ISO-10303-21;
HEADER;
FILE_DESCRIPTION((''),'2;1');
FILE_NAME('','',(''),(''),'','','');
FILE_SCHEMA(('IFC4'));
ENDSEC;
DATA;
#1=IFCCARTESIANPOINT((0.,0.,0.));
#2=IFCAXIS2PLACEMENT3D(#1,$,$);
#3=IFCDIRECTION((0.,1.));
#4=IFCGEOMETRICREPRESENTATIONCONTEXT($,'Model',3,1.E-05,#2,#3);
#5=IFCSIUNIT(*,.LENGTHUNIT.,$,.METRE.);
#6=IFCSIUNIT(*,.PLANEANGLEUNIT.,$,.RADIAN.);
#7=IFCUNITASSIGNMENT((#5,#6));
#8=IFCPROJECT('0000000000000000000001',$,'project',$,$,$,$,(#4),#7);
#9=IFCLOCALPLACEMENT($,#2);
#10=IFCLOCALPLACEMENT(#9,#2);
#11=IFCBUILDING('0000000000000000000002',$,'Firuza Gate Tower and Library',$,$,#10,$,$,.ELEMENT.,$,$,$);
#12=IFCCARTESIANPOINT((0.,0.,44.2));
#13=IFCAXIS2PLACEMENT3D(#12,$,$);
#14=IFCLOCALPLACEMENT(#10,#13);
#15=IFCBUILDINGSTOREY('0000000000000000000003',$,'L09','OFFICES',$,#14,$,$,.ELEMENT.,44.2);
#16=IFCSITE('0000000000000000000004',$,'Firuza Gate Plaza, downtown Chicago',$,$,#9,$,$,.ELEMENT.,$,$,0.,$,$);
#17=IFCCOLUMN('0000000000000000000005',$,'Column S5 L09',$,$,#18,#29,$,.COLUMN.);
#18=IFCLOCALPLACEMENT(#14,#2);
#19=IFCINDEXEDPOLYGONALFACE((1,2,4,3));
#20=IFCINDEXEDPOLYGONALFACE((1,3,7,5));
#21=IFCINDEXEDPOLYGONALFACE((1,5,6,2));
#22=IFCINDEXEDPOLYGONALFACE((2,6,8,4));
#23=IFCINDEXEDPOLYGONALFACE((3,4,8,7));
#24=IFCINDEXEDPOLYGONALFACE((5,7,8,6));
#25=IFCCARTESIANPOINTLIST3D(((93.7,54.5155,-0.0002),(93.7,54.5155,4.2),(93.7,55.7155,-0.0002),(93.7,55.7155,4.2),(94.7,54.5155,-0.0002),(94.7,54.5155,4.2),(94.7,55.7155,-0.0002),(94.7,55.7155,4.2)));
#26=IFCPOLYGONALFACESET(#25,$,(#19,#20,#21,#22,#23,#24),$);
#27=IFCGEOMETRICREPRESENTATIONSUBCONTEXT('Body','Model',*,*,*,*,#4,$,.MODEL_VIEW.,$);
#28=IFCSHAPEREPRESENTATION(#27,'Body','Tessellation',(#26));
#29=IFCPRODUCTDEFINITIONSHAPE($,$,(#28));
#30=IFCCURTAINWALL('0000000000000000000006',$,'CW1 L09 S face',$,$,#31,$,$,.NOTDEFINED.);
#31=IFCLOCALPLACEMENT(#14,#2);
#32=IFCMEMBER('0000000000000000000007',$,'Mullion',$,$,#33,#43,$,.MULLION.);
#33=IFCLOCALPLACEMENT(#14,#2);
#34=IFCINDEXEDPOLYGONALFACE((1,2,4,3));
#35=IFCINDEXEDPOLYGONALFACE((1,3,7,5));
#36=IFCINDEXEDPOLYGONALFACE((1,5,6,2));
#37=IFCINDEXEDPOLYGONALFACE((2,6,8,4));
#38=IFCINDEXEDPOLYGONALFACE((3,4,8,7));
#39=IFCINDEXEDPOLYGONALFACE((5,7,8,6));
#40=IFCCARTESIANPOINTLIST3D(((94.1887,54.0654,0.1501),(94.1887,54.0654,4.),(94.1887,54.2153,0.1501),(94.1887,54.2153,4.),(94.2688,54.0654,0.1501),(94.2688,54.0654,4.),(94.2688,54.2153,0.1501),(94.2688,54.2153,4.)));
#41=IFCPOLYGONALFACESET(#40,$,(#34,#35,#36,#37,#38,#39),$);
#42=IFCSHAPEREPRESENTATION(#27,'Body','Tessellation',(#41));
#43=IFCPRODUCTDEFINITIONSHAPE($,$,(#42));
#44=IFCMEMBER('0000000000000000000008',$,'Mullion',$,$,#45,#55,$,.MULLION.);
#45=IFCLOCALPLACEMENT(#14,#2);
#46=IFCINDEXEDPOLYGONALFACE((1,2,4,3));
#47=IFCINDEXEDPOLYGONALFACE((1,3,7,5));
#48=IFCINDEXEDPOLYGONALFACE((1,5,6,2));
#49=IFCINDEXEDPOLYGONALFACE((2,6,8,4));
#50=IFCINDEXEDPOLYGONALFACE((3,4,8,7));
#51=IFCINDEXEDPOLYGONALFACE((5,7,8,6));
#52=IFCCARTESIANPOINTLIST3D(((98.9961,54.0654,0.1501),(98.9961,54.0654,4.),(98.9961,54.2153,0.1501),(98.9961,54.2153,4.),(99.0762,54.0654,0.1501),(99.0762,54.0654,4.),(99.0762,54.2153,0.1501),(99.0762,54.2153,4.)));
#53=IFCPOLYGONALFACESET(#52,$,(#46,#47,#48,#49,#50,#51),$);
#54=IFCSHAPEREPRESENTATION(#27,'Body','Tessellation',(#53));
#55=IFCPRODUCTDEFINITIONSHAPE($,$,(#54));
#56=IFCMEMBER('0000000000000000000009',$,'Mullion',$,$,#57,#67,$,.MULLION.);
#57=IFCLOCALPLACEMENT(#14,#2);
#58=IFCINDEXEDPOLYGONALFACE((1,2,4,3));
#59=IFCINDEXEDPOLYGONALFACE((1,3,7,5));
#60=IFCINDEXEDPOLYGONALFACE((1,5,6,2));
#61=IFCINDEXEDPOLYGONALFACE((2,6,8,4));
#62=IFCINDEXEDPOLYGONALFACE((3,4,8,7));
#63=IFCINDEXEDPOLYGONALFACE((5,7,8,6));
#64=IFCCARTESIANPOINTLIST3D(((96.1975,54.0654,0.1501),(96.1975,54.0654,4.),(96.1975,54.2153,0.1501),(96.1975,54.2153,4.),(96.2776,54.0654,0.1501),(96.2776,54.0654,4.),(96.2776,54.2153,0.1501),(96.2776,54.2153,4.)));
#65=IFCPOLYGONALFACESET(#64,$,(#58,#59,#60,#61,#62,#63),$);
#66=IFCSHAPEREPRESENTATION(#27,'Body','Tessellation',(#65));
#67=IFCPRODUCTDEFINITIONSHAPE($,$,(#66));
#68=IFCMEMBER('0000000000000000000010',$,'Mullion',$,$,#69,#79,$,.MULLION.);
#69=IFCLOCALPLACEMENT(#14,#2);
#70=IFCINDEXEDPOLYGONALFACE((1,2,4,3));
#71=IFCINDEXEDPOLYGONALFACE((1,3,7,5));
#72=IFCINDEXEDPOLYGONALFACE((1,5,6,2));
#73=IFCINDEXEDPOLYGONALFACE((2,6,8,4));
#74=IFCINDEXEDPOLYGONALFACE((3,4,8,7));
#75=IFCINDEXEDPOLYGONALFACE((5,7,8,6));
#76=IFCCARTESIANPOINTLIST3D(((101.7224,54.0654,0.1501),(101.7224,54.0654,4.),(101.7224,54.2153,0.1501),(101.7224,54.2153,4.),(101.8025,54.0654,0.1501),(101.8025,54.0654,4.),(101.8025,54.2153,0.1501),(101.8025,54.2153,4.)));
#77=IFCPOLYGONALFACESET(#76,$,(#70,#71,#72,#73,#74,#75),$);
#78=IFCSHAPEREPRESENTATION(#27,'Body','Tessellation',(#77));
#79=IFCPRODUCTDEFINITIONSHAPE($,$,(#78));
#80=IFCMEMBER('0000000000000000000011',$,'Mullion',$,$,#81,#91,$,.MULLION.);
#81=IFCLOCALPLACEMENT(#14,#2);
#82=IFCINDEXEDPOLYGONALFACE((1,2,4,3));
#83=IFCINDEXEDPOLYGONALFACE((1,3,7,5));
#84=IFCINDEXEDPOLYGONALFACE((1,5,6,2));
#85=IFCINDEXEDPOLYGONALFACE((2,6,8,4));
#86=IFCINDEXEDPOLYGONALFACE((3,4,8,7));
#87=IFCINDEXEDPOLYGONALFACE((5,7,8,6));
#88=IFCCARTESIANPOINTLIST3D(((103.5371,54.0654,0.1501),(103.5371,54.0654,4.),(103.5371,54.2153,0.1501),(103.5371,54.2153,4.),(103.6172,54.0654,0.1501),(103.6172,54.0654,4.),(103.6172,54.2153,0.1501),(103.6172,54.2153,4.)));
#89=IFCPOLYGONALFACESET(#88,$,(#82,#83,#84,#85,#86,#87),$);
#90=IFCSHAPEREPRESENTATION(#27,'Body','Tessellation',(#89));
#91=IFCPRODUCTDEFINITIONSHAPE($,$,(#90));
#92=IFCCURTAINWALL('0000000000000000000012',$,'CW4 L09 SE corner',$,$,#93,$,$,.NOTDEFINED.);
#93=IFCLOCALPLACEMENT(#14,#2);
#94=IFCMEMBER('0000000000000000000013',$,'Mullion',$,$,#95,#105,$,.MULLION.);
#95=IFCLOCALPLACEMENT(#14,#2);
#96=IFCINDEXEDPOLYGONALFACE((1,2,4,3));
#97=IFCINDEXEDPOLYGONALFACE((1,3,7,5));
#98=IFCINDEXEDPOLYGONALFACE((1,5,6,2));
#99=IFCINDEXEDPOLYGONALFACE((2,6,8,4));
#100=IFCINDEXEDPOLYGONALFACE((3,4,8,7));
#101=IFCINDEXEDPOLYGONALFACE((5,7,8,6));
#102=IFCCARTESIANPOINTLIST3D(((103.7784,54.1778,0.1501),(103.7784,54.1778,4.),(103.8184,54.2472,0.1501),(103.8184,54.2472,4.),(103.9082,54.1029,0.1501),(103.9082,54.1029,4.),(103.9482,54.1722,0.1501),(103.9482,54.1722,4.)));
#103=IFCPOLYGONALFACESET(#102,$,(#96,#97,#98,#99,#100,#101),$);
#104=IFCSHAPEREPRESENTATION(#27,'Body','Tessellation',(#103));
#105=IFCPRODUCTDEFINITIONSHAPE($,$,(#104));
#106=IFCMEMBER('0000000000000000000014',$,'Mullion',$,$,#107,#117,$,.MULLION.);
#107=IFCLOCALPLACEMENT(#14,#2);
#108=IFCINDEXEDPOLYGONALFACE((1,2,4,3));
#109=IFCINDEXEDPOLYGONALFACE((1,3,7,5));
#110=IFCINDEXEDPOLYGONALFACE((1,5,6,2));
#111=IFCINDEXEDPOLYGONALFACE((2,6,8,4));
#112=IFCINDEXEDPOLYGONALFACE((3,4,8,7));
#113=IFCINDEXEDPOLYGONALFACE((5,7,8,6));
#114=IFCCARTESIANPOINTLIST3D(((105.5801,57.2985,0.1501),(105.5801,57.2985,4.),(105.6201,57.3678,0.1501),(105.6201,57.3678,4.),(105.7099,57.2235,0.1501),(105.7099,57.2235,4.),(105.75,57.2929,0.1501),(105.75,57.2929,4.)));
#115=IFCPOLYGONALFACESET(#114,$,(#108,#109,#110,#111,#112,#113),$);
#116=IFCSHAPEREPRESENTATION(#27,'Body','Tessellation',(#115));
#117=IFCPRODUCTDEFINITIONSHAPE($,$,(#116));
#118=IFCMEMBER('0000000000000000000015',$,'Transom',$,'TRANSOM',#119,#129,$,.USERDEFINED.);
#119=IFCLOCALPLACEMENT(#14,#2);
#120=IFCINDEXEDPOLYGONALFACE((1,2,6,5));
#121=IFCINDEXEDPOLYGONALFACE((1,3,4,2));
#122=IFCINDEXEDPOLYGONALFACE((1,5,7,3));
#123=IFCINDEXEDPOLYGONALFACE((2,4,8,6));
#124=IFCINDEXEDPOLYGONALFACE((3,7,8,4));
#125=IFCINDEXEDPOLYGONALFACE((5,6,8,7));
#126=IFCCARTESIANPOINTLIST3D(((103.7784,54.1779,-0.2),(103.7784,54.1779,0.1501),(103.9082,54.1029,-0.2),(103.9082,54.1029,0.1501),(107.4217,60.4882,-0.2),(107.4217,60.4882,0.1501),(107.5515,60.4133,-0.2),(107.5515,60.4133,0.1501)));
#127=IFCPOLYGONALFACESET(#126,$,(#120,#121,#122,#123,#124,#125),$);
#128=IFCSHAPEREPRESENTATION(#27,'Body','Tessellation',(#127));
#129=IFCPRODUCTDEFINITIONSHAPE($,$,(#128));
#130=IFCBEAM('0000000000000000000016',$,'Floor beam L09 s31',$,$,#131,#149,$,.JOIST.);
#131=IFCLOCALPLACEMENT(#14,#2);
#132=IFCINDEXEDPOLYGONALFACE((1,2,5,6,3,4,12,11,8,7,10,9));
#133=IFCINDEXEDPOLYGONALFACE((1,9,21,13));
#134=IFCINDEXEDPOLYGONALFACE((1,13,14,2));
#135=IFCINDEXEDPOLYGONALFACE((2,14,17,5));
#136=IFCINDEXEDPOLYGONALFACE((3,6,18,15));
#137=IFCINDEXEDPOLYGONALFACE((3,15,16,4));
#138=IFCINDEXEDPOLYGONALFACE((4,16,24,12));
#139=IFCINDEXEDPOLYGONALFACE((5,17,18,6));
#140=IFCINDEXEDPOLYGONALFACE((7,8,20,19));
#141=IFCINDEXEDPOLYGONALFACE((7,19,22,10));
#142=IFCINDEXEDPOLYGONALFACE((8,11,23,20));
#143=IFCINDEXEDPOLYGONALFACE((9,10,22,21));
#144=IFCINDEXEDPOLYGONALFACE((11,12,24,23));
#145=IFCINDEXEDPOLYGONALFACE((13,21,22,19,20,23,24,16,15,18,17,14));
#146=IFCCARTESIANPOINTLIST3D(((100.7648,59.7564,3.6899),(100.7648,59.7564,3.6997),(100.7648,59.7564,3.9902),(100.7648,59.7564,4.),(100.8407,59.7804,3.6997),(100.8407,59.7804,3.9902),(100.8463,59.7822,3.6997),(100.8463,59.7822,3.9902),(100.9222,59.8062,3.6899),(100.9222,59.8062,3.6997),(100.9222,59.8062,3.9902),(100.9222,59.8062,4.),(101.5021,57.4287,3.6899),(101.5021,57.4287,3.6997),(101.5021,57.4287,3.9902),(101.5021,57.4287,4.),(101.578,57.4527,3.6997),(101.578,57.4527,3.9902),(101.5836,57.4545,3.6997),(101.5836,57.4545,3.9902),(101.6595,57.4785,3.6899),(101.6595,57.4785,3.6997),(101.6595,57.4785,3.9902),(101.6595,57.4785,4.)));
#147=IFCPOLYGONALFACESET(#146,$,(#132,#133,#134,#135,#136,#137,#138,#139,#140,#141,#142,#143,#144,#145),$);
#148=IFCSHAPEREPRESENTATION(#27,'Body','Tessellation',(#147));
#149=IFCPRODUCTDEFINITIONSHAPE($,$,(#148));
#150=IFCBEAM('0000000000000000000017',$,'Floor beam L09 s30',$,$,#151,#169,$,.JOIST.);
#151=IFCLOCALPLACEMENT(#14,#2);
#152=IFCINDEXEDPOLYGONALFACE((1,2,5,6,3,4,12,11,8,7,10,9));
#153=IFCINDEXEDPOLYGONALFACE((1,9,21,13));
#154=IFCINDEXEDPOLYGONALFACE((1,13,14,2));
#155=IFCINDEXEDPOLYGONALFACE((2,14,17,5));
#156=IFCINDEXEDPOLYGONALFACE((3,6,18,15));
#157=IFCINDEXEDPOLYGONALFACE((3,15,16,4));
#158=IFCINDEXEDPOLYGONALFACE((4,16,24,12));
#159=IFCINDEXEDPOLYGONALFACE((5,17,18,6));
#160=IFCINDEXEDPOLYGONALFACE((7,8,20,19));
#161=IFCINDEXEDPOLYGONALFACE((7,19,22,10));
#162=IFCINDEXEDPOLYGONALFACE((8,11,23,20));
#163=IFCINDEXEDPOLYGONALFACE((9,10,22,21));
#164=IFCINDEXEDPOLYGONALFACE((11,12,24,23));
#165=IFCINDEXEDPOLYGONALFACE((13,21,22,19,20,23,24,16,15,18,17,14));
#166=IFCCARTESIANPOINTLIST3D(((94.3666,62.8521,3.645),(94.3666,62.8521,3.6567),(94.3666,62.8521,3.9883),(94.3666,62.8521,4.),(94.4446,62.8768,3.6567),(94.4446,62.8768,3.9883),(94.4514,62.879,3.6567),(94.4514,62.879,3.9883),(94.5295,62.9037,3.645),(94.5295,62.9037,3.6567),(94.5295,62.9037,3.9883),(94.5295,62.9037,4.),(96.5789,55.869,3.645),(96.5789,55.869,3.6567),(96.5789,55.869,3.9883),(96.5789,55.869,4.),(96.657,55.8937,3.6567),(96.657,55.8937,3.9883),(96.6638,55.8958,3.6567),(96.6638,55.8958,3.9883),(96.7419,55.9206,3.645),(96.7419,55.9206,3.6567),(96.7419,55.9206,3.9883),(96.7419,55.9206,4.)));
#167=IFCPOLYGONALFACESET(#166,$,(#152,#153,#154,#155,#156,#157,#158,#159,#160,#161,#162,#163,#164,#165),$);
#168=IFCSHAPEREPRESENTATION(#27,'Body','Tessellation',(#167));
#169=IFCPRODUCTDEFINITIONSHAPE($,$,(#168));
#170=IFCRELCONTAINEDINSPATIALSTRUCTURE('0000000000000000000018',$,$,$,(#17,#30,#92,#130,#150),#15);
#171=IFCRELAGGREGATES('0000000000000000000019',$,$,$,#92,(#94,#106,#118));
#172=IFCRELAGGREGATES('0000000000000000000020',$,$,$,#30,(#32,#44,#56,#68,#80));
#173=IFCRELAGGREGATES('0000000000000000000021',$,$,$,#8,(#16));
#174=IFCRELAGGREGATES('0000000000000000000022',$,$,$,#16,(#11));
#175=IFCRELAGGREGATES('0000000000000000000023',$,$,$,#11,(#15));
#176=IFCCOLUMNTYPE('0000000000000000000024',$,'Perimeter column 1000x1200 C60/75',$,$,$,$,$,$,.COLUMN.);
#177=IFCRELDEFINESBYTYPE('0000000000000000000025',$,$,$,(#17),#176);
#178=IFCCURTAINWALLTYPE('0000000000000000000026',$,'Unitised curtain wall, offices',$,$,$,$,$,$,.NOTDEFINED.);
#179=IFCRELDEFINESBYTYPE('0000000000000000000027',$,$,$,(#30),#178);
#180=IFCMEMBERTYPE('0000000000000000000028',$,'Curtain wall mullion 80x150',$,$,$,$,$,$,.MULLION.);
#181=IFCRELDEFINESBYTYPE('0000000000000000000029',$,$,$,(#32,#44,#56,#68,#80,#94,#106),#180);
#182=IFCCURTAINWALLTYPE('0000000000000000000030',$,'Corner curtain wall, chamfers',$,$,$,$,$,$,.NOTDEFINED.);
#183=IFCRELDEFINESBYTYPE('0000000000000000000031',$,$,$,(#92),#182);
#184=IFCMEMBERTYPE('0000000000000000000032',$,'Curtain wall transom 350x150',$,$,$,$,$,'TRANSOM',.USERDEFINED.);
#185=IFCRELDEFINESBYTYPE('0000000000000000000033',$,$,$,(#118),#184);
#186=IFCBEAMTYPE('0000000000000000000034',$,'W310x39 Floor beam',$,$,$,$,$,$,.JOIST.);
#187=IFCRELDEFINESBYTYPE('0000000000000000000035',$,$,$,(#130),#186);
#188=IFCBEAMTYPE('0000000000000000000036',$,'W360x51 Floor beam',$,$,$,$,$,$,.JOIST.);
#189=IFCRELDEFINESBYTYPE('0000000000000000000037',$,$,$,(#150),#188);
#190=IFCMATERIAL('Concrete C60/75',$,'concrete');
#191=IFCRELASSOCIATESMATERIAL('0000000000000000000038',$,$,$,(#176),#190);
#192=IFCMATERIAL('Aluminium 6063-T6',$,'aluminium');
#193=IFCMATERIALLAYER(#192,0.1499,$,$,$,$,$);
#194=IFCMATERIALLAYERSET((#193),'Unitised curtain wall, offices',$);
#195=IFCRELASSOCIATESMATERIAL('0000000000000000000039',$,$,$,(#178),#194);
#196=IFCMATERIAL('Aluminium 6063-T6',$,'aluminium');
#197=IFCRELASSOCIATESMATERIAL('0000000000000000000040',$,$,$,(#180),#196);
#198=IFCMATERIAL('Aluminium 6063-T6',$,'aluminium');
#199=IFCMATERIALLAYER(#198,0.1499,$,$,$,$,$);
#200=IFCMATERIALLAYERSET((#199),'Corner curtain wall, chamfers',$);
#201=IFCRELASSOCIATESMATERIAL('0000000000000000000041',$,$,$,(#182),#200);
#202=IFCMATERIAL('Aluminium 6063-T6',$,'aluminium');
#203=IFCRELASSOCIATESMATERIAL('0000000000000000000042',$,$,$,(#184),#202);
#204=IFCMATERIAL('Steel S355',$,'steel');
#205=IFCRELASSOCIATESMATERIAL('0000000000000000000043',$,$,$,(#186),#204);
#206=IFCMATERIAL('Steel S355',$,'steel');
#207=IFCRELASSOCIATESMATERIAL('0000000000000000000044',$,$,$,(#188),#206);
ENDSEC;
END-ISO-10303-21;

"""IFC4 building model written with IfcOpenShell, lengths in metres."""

from ifc_helpers import new_model, si_unit, direction, frame, origin, origin_2d, place, context, subcontext, project, spatial, rectangle, i_section, extrude, material, layer, layer_set, material_profile, profile_set, type_object, element, aggregate, save


model = new_model("IFC4")

# Units and contexts
model_context = context("Model", 3, precision=1e-05, world=origin(), true_north=direction((0.0, 1.0)))
body_context = subcontext(model_context, "Body", "Model", "MODEL_VIEW")
ifc_project = project(units=[si_unit("LENGTHUNIT", "METRE"), si_unit("PLANEANGLEUNIT", "RADIAN")], contexts=[model_context])

# Site, building, storey
site_placement = place(None, origin())
site = spatial("IfcSite", under=ifc_project, at=site_placement, Name="Firuza Gate Plaza, downtown Chicago", CompositionType="ELEMENT", RefElevation=0.0)
building_placement = place(site_placement, origin())
building = spatial("IfcBuilding", under=site, at=building_placement, Name="Firuza Gate Tower and Library", CompositionType="ELEMENT")
storey_placement = place(building_placement, frame((0.0, 0.0, 44.2)))
storey = spatial("IfcBuildingStorey", under=building, at=storey_placement, Name="L09", Description="OFFICES", CompositionType="ELEMENT", Elevation=44.2)

# Column
ifc_material_1 = material(Name="Concrete C60/75", Category="concrete")
ifc_material_profile_1 = material_profile(ifc_material_1, rectangle(XDim=1.0, YDim=1.2, at=origin_2d()))
ifc_profile_set_1 = profile_set([ifc_material_profile_1], Name="Concrete C60/75")
column_type = type_object("IfcColumnType", Name="Perimeter column 1000x1200 C60/75", PredefinedType="COLUMN", material=ifc_profile_set_1)
column_placement = place(storey_placement, frame((94.2, 55.1155, -0.0002), z_axis=(0.0, 0.0, 1.0), x_axis=(1.0, 0.0, 0.0)))
element("IfcColumn", 1, at=column_placement, inside=storey, type_object=column_type, Name="Column S5 L09", PredefinedType="COLUMN", context=body_context, shape_type="SweptSolid", body=[
    extrude(rectangle(XDim=1.0, YDim=1.2, at=origin_2d()), origin(), (0.0, 0.0, 1.0), 4.2002),
])

# Curtain walls, members
ifc_material_2 = material(Name="Aluminium 6063-T6", Category="aluminium")
ifc_layer_1 = layer(ifc_material_2, 0.1499)
ifc_layer_set_1 = layer_set([ifc_layer_1], Name="Unitised curtain wall, offices")
curtain_wall_type_1 = type_object("IfcCurtainWallType", Name="Unitised curtain wall, offices", PredefinedType="NOTDEFINED", material=ifc_layer_set_1)
placement = place(storey_placement, origin())
curtain_wall_1 = element("IfcCurtainWall", 2, at=placement, inside=storey, type_object=curtain_wall_type_1, Name="CW1 L09 S face", PredefinedType="NOTDEFINED")
ifc_material_3 = material(Name="Aluminium 6063-T6", Category="aluminium")
ifc_material_profile_2 = material_profile(ifc_material_3, rectangle(XDim=0.1499, YDim=0.0801, at=origin_2d()))
ifc_profile_set_2 = profile_set([ifc_material_profile_2], Name="Aluminium 6063-T6")
member_type_1 = type_object("IfcMemberType", Name="Curtain wall mullion 80x150", PredefinedType="MULLION", material=ifc_profile_set_2)
member_1_placement = place(storey_placement, frame((94.2288, 54.1404, 0.1501), z_axis=(0.0, 0.0, 1.0), x_axis=(0.0, 1.0, 0.0)))
member_1 = element("IfcMember", 3, at=member_1_placement, type_object=member_type_1, Name="Mullion", PredefinedType="MULLION", context=body_context, shape_type="SweptSolid", body=[
    extrude(rectangle(XDim=0.1499, YDim=0.0801, at=origin_2d()), origin(), (0.0, 0.0, 1.0), 3.8499),
])
member_2_placement = place(storey_placement, frame((99.0361, 54.1404, 0.1501), z_axis=(0.0, 0.0, 1.0), x_axis=(0.0, 1.0, 0.0)))
member_2 = element("IfcMember", 4, at=member_2_placement, type_object=member_type_1, Name="Mullion", PredefinedType="MULLION", context=body_context, shape_type="SweptSolid", body=[
    extrude(rectangle(XDim=0.1499, YDim=0.0801, at=origin_2d()), origin(), (0.0, 0.0, 1.0), 3.8499),
])
member_3_placement = place(storey_placement, frame((96.2375, 54.1404, 0.1501), z_axis=(0.0, 0.0, 1.0), x_axis=(0.0, 1.0, 0.0)))
member_3 = element("IfcMember", 5, at=member_3_placement, type_object=member_type_1, Name="Mullion", PredefinedType="MULLION", context=body_context, shape_type="SweptSolid", body=[
    extrude(rectangle(XDim=0.1499, YDim=0.0801, at=origin_2d()), origin(), (0.0, 0.0, 1.0), 3.8499),
])
member_4_placement = place(storey_placement, frame((101.7625, 54.1404, 0.1501), z_axis=(0.0, 0.0, 1.0), x_axis=(0.0, 1.0, 0.0)))
member_4 = element("IfcMember", 6, at=member_4_placement, type_object=member_type_1, Name="Mullion", PredefinedType="MULLION", context=body_context, shape_type="SweptSolid", body=[
    extrude(rectangle(XDim=0.1499, YDim=0.0801, at=origin_2d()), origin(), (0.0, 0.0, 1.0), 3.8499),
])
member_5_placement = place(storey_placement, frame((103.5771, 54.1404, 0.1501), z_axis=(0.0, 0.0, 1.0), x_axis=(0.0, 1.0, 0.0)))
member_5 = element("IfcMember", 7, at=member_5_placement, type_object=member_type_1, Name="Mullion", PredefinedType="MULLION", context=body_context, shape_type="SweptSolid", body=[
    extrude(rectangle(XDim=0.1499, YDim=0.0801, at=origin_2d()), origin(), (0.0, 0.0, 1.0), 3.8499),
])
ifc_material_4 = material(Name="Aluminium 6063-T6", Category="aluminium")
ifc_layer_2 = layer(ifc_material_4, 0.1499)
ifc_layer_set_2 = layer_set([ifc_layer_2], Name="Corner curtain wall, chamfers")
curtain_wall_type_2 = type_object("IfcCurtainWallType", Name="Corner curtain wall, chamfers", PredefinedType="NOTDEFINED", material=ifc_layer_set_2)
curtain_wall_2 = element("IfcCurtainWall", 8, at=placement, inside=storey, type_object=curtain_wall_type_2, Name="CW4 L09 SE corner", PredefinedType="NOTDEFINED")
member_6_placement = place(storey_placement, frame((103.8633, 54.175, 0.1501), z_axis=(0.0, 0.0, 1.0), x_axis=(-0.866025, 0.5, 0.0)))
member_6 = element("IfcMember", 9, at=member_6_placement, type_object=member_type_1, Name="Mullion", PredefinedType="MULLION", context=body_context, shape_type="SweptSolid", body=[
    extrude(rectangle(XDim=0.1499, YDim=0.0801, at=origin_2d()), origin(), (0.0, 0.0, 1.0), 3.8499),
])
member_7_placement = place(storey_placement, frame((105.665, 57.2957, 0.1501), z_axis=(0.0, 0.0, 1.0), x_axis=(-0.866025, 0.5, 0.0)))
member_7 = element("IfcMember", 10, at=member_7_placement, type_object=member_type_1, Name="Mullion", PredefinedType="MULLION", context=body_context, shape_type="SweptSolid", body=[
    extrude(rectangle(XDim=0.1499, YDim=0.0801, at=origin_2d()), origin(), (0.0, 0.0, 1.0), 3.8499),
])
ifc_material_5 = material(Name="Aluminium 6063-T6", Category="aluminium")
ifc_material_profile_3 = material_profile(ifc_material_5, rectangle(XDim=0.1499, YDim=0.3501, at=origin_2d()))
ifc_profile_set_3 = profile_set([ifc_material_profile_3], Name="Aluminium 6063-T6")
member_type_2 = type_object("IfcMemberType", Name="Curtain wall transom 350x150", ElementType="TRANSOM", PredefinedType="USERDEFINED", material=ifc_profile_set_3)
member_8_placement = place(storey_placement, frame((103.8433, 54.1404, -0.0249), z_axis=(0.500006, 0.866022, 0.0), x_axis=(-0.866022, 0.500006, 0.0)))
member_8 = element("IfcMember", 11, at=member_8_placement, type_object=member_type_2, Name="Transom", ObjectType="TRANSOM", PredefinedType="USERDEFINED", context=body_context, shape_type="SweptSolid", body=[
    extrude(rectangle(XDim=0.1499, YDim=0.3501, at=origin_2d()), origin(), (0.0, 0.0, 1.0), 7.2866),
])

# Beams
ifc_material_6 = material(Name="Steel S355", Category="steel")
ifc_material_profile_4 = material_profile(ifc_material_6, i_section(OverallWidth=0.165, OverallDepth=0.3101, WebThickness=0.0059, FlangeThickness=0.0098, at=origin_2d()))
ifc_profile_set_4 = profile_set([ifc_material_profile_4], Name="Steel S355")
beam_type_1 = type_object("IfcBeamType", Name="W310x39 Floor beam", PredefinedType="JOIST", material=ifc_profile_set_4)
beam_1_placement = place(storey_placement, frame((101.5808, 57.4536, 3.845), z_axis=(-0.301973, 0.953316, 0.0), x_axis=(-0.953316, -0.301973, 0.0)))
element("IfcBeam", 12, at=beam_1_placement, inside=storey, type_object=beam_type_1, Name="Floor beam L09 s31", PredefinedType="JOIST", context=body_context, shape_type="SweptSolid", body=[
    extrude(i_section(OverallWidth=0.165, OverallDepth=0.3101, WebThickness=0.0059, FlangeThickness=0.0098, at=origin_2d()), origin(), (0.0, 0.0, 1.0), 2.4417),
])
ifc_material_7 = material(Name="Steel S355", Category="steel")
ifc_material_profile_5 = material_profile(ifc_material_7, i_section(OverallWidth=0.1709, OverallDepth=0.355, WebThickness=0.0071, FlangeThickness=0.0117, at=origin_2d()))
ifc_profile_set_5 = profile_set([ifc_material_profile_5], Name="Steel S355")
beam_type_2 = type_object("IfcBeamType", Name="W360x51 Floor beam", PredefinedType="JOIST", material=ifc_profile_set_5)
beam_2_placement = place(storey_placement, frame((96.6604, 55.8948, 3.8225), z_axis=(-0.302024, 0.9533, 0.0), x_axis=(-0.9533, -0.302024, 0.0)))
element("IfcBeam", 13, at=beam_2_placement, inside=storey, type_object=beam_type_2, Name="Floor beam L09 s30", PredefinedType="JOIST", context=body_context, shape_type="SweptSolid", body=[
    extrude(i_section(OverallWidth=0.1709, OverallDepth=0.355, WebThickness=0.0071, FlangeThickness=0.0117, at=origin_2d()), origin(), (0.0, 0.0, 1.0), 7.3252),
])

aggregate(curtain_wall_2, [member_6, member_7, member_8])
aggregate(curtain_wall_1, [member_1, member_2, member_3, member_4, member_5])

save(model, "model.ifc")
